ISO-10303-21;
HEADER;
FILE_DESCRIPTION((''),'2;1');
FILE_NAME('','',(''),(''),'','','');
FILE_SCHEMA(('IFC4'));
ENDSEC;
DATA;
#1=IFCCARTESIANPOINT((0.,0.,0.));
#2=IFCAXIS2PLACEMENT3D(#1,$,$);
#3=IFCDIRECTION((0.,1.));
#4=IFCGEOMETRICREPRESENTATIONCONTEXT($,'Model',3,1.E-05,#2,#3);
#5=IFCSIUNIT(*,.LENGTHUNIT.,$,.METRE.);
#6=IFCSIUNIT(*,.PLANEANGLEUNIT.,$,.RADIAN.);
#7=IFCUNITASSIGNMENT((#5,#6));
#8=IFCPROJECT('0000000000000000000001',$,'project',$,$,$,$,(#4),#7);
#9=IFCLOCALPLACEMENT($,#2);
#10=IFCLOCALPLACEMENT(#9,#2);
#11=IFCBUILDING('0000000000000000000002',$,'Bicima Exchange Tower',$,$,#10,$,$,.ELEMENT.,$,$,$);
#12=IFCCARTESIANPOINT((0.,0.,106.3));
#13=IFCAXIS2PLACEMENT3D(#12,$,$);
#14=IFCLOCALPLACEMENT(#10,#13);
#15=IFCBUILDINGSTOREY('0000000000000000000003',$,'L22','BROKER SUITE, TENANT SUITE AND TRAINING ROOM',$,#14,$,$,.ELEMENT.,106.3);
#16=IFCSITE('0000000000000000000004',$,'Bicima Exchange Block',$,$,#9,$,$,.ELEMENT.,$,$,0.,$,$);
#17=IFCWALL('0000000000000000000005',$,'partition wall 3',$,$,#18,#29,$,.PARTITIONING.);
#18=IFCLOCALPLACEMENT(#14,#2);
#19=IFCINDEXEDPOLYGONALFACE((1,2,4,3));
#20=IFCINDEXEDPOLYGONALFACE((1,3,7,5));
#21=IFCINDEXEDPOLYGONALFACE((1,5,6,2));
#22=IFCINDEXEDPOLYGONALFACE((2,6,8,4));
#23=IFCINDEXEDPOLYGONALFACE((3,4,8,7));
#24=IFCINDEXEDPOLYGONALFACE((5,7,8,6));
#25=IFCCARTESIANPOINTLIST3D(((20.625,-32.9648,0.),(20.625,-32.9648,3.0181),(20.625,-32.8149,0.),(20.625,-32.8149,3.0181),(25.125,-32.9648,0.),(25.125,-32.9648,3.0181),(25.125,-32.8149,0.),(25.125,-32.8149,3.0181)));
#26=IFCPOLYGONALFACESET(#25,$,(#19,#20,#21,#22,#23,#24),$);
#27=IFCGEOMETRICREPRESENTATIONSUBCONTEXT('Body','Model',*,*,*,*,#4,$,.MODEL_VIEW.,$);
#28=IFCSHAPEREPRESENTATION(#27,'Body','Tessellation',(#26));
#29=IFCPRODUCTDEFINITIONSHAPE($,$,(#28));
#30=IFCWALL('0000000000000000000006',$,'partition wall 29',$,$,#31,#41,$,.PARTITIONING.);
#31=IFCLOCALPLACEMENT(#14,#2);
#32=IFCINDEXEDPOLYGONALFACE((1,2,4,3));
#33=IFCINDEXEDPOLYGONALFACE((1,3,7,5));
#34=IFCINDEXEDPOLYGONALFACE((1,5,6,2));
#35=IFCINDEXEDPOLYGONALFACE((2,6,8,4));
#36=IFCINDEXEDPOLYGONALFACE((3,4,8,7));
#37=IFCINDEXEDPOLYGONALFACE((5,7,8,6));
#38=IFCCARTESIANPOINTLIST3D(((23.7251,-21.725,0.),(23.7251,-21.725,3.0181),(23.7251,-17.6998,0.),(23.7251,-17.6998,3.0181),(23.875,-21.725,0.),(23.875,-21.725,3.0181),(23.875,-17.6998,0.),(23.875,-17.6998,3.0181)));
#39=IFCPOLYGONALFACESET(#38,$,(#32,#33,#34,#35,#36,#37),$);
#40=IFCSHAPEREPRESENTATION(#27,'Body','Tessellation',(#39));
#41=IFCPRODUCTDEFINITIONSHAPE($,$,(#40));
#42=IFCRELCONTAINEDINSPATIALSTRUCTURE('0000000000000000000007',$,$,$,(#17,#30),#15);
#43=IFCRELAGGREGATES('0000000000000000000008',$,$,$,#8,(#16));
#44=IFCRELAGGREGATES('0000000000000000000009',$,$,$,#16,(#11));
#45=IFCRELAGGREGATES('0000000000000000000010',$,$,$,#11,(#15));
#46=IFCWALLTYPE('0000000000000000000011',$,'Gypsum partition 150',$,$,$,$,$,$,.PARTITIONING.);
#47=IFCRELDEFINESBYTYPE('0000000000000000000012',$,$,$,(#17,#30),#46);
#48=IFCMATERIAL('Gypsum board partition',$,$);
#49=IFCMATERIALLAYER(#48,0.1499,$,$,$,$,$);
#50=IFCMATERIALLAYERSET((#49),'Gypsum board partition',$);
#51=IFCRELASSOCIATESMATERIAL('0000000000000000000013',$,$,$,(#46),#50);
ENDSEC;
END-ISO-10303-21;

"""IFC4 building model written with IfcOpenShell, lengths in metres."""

from ifc_helpers import new_model, si_unit, direction, frame, frame_2d, origin, place, context, subcontext, project, spatial, rectangle, extrude, material, layer, layer_set, type_object, element, save


model = new_model("IFC4")

# Units and contexts
model_context = context("Model", 3, precision=1e-05, world=origin(), true_north=direction((0.0, 1.0)))
body_context = subcontext(model_context, "Body", "Model", "MODEL_VIEW")
ifc_project = project(units=[si_unit("LENGTHUNIT", "METRE"), si_unit("PLANEANGLEUNIT", "RADIAN")], contexts=[model_context])

# Site, building, storey
site_placement = place(None, origin())
site = spatial("IfcSite", under=ifc_project, at=site_placement, Name="Bicima Exchange Block", CompositionType="ELEMENT", RefElevation=0.0)
building_placement = place(site_placement, origin())
building = spatial("IfcBuilding", under=site, at=building_placement, Name="Bicima Exchange Tower", CompositionType="ELEMENT")
storey_placement = place(building_placement, frame((0.0, 0.0, 106.3)))
storey = spatial("IfcBuildingStorey", under=building, at=storey_placement, Name="L22", Description="BROKER SUITE, TENANT SUITE AND TRAINING ROOM", CompositionType="ELEMENT", Elevation=106.3)

# Walls
ifc_material_1 = material(Name="Gypsum board partition")
ifc_layer_1 = layer(ifc_material_1, 0.1499)
ifc_layer_set_1 = layer_set([ifc_layer_1], Name="Gypsum board partition")
wall_type_1 = type_object("IfcWallType", Name="Gypsum partition 150", PredefinedType="PARTITIONING", material=ifc_layer_set_1)
wall_1_placement = place(storey_placement, frame((20.625, -32.8899, 0.0), z_axis=(0.0, 0.0, 1.0), x_axis=(1.0, 0.0, 0.0)))
element("IfcWall", 1, at=wall_1_placement, inside=storey, type_object=wall_type_1, Name="partition wall 3", PredefinedType="PARTITIONING", context=body_context, shape_type="SweptSolid", body=[
    extrude(rectangle(XDim=4.5, YDim=0.1499, at=frame_2d((2.25, 0.0))), origin(), (0.0, 0.0, 1.0), 3.0181),
])
wall_2_placement = place(storey_placement, frame((23.8, -21.7251, 0.0), z_axis=(0.0, 0.0, 1.0), x_axis=(0.0, 1.0, 0.0)))
element("IfcWall", 2, at=wall_2_placement, inside=storey, type_object=wall_type_1, Name="partition wall 29", PredefinedType="PARTITIONING", context=body_context, shape_type="SweptSolid", body=[
    extrude(rectangle(XDim=4.0251, YDim=0.1499, at=frame_2d((2.0127, 0.0))), origin(), (0.0, 0.0, 1.0), 3.0181),
])

save(model, "model.ifc")
